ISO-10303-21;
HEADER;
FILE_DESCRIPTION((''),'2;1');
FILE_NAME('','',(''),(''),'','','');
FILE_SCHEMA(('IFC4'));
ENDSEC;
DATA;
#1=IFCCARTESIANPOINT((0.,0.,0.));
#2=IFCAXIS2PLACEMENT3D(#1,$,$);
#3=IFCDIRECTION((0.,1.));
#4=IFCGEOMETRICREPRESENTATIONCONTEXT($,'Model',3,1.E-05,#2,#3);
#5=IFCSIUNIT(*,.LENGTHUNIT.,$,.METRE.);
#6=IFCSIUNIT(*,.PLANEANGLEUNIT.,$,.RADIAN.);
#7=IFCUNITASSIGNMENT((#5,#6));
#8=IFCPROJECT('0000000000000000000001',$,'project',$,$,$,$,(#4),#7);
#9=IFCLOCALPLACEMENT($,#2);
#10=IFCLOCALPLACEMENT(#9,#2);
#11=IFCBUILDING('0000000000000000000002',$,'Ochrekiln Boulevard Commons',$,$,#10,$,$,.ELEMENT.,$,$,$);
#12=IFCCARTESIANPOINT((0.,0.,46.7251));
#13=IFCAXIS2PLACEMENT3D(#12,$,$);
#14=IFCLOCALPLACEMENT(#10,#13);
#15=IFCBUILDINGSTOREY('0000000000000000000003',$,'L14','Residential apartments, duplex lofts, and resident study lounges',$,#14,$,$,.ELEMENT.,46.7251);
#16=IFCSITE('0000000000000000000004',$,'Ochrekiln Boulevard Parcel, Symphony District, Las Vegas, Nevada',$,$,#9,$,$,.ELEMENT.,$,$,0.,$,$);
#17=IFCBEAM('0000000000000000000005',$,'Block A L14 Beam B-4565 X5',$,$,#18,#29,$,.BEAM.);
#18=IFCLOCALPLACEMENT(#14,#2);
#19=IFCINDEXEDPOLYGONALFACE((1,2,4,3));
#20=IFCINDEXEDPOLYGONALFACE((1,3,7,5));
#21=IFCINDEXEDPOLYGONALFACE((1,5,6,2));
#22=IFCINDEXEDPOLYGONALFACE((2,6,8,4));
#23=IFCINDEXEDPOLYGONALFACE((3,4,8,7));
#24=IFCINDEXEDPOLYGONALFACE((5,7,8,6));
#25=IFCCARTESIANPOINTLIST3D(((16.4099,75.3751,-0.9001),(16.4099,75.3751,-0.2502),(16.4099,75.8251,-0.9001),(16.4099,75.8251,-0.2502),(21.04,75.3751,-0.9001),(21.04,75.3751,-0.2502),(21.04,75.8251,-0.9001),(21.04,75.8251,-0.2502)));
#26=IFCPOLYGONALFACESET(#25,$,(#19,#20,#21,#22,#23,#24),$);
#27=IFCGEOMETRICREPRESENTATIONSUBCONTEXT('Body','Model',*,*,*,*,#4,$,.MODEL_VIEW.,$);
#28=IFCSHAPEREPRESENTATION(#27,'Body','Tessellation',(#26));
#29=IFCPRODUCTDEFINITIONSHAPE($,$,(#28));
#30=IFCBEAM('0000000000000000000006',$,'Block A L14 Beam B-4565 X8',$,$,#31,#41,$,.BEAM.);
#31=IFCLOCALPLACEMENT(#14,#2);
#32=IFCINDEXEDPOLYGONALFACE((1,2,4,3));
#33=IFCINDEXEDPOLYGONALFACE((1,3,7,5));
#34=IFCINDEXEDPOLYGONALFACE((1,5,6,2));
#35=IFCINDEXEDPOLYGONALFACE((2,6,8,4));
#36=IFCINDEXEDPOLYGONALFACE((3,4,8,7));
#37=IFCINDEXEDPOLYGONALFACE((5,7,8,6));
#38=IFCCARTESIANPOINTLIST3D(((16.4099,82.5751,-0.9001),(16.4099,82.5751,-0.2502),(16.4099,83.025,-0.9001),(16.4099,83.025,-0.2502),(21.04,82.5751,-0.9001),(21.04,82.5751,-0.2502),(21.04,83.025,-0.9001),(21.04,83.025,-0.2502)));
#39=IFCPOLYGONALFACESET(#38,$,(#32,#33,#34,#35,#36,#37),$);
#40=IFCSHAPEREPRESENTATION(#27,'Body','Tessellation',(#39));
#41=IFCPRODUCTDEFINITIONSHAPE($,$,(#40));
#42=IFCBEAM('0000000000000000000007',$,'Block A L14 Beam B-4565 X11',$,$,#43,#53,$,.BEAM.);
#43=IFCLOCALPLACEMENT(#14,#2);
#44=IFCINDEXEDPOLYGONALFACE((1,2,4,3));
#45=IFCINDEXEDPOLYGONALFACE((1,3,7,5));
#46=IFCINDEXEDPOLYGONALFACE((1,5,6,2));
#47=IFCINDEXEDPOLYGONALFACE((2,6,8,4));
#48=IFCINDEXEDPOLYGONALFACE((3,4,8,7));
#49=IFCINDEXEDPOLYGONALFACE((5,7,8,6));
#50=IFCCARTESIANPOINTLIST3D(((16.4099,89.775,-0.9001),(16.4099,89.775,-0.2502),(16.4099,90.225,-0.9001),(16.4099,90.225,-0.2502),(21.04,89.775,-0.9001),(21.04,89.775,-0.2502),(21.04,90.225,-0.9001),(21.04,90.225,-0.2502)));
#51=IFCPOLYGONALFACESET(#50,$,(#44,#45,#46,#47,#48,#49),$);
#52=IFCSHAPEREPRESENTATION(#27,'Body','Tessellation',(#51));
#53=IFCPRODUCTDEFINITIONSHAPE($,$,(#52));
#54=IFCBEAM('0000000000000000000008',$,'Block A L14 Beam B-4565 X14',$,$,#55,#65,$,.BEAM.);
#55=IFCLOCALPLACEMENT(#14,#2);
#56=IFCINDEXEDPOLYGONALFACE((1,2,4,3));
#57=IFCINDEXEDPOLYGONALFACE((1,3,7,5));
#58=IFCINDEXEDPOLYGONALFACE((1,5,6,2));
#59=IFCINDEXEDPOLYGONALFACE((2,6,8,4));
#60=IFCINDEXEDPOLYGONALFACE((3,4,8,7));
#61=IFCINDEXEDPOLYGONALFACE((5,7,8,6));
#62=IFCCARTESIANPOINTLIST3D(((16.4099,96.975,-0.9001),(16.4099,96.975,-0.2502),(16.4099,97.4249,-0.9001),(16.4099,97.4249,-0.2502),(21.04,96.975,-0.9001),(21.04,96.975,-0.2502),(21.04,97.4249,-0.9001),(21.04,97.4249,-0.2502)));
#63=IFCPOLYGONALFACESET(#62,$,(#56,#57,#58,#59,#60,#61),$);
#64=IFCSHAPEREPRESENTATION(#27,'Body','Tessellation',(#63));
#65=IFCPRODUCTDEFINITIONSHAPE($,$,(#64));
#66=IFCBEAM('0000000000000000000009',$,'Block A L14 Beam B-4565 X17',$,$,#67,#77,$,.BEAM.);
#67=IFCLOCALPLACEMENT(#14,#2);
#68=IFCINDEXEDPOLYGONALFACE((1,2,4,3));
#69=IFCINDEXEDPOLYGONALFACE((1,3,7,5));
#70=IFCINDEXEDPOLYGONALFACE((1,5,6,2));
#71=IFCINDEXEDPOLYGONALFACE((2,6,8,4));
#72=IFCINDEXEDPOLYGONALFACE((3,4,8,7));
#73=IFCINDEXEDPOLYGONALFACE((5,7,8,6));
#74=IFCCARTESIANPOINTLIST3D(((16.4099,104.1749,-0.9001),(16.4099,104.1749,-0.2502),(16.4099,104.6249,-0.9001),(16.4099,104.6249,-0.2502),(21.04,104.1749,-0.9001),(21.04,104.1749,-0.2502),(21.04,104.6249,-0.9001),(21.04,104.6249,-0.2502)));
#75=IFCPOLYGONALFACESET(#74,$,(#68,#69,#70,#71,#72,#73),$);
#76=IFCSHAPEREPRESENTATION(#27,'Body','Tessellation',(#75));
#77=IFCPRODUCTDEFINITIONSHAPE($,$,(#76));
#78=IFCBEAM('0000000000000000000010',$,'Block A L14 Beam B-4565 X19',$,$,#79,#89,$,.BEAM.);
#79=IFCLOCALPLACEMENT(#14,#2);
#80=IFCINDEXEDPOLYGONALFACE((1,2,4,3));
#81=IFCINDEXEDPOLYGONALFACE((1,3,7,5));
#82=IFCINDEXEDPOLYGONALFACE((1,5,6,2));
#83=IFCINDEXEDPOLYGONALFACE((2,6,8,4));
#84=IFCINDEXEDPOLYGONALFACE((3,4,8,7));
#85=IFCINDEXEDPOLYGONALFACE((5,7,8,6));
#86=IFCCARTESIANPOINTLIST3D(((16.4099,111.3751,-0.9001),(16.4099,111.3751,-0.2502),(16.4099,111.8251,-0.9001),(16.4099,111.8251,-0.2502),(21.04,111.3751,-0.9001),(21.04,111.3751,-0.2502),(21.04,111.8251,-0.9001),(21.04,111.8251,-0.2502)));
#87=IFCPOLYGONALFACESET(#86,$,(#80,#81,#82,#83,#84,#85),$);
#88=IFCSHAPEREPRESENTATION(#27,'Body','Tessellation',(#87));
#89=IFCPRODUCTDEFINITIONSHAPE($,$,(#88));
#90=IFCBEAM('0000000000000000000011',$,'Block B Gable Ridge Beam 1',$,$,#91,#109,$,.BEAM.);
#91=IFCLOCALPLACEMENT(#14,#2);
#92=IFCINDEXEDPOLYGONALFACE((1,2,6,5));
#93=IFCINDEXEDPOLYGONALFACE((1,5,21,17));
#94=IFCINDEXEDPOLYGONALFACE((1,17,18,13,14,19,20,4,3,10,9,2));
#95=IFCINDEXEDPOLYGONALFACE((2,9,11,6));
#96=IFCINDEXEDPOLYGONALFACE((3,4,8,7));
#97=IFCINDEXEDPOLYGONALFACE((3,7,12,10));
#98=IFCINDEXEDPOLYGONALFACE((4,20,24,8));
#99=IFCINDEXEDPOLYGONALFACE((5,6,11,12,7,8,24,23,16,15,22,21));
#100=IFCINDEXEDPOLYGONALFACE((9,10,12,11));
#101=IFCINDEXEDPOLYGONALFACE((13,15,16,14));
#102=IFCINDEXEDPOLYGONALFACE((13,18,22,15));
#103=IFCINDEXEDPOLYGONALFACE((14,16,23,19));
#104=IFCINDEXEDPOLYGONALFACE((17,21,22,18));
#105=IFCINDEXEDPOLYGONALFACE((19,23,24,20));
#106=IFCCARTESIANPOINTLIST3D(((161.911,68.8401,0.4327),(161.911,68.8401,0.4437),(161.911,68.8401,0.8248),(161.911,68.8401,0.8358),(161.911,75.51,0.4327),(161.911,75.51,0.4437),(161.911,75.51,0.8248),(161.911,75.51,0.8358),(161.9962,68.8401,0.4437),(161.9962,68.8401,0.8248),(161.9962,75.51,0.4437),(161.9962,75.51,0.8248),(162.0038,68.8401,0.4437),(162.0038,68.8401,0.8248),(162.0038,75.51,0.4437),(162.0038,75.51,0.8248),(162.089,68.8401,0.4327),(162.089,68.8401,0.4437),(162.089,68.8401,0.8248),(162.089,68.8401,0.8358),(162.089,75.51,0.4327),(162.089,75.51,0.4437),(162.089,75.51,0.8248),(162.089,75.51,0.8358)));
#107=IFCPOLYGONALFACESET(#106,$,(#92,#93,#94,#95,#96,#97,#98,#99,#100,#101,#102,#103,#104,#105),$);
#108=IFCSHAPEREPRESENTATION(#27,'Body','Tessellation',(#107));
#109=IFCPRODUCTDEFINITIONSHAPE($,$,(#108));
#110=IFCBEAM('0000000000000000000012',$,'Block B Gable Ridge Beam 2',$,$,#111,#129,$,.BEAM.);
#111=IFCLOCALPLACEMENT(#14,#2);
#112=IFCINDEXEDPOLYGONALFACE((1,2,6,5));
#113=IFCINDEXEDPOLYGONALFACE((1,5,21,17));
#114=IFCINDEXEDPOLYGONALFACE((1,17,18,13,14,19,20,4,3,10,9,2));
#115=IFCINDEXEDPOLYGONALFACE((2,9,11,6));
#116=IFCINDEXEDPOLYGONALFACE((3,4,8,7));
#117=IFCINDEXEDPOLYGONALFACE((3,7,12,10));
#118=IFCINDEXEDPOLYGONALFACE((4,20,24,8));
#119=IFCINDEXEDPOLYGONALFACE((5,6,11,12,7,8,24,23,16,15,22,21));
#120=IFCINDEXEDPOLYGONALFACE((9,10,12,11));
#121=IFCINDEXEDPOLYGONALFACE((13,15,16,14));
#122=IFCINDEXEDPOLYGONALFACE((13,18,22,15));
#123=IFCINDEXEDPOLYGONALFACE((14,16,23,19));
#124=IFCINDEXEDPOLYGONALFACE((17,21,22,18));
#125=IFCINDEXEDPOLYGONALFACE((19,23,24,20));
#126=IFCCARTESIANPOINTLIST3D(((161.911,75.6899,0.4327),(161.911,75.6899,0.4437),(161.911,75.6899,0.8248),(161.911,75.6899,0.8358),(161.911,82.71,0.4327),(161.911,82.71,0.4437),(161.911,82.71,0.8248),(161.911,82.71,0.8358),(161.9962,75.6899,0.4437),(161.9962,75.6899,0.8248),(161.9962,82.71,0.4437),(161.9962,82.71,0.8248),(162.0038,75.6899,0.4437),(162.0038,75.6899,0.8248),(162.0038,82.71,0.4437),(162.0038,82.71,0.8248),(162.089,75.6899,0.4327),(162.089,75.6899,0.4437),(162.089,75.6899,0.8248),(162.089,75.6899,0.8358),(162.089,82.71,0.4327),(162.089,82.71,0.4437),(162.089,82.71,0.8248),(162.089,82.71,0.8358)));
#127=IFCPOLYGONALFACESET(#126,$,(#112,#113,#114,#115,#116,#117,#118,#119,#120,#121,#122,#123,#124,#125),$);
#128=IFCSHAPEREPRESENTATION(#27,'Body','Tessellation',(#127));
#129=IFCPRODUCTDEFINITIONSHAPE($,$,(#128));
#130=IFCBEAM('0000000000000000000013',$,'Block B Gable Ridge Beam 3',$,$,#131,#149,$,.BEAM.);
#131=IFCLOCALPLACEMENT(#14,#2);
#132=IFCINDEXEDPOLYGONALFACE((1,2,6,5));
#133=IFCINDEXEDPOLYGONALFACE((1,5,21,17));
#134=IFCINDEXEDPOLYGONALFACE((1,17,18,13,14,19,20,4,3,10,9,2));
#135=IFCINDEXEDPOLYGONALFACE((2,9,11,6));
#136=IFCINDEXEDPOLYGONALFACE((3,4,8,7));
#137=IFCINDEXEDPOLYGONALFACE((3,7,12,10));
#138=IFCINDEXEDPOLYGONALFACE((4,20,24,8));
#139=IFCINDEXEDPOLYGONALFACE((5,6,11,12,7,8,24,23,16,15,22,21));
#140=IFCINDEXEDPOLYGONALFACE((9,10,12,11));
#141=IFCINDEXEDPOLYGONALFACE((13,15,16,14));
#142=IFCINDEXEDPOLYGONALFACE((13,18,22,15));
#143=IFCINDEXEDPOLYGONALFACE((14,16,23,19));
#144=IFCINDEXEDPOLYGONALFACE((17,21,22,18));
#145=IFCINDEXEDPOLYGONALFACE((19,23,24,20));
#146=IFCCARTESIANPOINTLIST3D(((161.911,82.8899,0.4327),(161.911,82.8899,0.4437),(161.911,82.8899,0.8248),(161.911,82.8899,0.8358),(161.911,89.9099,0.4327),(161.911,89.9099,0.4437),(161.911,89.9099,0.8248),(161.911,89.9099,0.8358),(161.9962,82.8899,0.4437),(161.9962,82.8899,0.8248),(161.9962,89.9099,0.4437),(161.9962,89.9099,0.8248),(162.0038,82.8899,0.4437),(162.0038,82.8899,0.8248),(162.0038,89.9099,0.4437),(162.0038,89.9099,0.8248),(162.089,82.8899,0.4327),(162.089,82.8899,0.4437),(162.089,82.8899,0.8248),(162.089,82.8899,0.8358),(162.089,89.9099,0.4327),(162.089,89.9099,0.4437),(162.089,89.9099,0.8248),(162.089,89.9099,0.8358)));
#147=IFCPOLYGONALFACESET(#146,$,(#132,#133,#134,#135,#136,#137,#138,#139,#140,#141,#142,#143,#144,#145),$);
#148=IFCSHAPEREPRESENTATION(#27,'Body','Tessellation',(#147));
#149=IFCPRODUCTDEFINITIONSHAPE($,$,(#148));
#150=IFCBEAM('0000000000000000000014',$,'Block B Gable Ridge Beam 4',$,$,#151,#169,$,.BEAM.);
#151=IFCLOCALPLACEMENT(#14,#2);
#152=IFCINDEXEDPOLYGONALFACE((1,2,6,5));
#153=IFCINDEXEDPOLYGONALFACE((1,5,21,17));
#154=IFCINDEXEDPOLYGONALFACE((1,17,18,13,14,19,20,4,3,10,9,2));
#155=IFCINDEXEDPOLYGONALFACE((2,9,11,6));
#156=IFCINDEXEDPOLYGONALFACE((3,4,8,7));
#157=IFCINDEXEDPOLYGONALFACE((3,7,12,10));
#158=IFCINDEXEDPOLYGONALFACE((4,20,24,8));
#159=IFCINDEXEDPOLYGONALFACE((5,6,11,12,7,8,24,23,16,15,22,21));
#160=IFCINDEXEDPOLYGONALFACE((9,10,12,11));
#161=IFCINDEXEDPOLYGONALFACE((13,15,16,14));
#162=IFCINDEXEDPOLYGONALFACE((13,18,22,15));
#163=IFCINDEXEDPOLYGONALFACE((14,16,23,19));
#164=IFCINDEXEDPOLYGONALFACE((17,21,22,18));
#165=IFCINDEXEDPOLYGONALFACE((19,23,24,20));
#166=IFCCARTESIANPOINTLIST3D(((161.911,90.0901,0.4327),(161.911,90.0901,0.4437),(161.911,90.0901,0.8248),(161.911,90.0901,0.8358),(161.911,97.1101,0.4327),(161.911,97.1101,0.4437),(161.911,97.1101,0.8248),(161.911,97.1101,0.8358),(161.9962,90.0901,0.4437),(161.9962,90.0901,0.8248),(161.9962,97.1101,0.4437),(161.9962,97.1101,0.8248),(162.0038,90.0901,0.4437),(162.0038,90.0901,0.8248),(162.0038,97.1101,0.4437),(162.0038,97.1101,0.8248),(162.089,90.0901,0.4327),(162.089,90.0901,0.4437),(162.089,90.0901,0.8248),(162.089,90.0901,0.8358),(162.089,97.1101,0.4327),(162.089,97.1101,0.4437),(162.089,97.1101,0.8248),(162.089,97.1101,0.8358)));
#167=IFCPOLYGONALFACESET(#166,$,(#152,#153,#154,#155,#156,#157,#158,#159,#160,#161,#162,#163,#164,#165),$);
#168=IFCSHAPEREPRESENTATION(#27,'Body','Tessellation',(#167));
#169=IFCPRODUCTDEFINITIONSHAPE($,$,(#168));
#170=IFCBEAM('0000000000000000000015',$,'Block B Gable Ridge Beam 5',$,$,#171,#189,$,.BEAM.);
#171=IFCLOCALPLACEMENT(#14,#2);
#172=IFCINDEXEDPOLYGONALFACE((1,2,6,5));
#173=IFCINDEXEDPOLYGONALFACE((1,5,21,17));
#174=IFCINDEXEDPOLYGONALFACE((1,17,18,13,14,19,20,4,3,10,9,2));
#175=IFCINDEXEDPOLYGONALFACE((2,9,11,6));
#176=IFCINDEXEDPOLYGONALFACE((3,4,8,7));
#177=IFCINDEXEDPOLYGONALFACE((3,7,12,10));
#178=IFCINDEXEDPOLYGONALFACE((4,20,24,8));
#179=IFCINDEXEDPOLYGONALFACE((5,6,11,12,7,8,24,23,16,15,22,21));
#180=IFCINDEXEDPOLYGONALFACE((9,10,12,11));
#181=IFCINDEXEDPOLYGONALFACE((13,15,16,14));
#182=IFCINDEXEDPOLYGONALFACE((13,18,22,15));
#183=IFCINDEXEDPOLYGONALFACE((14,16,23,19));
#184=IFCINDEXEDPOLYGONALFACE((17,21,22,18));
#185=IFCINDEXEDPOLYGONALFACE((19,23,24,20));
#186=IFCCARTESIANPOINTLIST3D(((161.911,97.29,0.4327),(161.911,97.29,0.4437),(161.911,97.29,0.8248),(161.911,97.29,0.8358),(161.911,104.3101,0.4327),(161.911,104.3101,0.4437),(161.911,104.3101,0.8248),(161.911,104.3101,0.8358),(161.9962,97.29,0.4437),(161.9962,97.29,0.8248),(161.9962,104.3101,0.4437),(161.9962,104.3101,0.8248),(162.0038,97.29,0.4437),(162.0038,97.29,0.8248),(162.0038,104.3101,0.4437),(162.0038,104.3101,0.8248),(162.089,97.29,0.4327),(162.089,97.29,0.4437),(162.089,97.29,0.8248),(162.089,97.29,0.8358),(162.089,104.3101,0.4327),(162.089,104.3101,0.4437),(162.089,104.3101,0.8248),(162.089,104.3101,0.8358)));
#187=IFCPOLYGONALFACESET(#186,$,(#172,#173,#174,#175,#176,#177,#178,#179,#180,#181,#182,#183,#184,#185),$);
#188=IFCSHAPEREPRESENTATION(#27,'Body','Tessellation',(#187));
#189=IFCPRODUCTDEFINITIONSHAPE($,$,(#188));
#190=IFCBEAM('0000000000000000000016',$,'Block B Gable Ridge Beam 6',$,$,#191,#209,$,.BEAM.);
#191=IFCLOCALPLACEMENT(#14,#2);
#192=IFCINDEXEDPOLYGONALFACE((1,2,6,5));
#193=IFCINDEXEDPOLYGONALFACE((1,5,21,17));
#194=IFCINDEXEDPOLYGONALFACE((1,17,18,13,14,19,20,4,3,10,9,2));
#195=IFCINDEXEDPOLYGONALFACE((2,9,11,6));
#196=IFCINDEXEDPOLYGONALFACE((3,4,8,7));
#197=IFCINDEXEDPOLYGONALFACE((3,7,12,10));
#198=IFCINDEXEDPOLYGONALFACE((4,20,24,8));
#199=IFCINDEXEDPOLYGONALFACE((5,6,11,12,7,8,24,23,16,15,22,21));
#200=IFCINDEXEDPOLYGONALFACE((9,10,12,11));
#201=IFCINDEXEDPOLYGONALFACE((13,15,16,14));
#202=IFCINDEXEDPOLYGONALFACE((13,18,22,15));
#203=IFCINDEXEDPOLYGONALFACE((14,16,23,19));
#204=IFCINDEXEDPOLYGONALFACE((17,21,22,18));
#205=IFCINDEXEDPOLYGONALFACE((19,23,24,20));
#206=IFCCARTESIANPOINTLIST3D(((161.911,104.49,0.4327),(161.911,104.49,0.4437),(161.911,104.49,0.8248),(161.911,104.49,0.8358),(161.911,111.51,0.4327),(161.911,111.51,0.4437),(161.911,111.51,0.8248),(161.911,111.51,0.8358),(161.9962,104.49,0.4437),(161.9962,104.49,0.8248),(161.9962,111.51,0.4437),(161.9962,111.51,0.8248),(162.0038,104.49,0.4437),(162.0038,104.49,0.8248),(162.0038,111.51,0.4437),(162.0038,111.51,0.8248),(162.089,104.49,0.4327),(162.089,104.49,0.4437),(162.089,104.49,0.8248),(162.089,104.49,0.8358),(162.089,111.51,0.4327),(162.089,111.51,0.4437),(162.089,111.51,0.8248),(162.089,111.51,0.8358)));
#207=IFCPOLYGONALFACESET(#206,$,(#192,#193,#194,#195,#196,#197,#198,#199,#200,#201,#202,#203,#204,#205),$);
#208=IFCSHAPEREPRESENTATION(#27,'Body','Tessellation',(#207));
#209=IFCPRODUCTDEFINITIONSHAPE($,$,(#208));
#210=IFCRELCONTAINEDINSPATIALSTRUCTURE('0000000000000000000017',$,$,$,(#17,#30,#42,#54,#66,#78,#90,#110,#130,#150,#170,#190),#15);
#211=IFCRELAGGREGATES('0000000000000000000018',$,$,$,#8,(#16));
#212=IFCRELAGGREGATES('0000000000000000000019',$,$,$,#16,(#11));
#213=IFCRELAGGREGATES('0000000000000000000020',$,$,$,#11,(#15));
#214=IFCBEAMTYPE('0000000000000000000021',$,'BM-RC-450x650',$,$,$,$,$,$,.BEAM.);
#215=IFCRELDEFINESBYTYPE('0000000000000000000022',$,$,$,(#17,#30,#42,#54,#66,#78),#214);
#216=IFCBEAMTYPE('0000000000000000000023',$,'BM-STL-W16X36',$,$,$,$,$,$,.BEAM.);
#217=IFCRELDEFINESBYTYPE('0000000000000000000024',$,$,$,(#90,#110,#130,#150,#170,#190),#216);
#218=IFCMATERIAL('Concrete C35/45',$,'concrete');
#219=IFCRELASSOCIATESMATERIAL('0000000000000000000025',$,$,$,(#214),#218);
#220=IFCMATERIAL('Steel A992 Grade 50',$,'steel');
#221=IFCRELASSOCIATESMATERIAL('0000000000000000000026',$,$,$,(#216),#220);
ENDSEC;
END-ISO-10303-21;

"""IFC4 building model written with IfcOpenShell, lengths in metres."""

from ifc_helpers import new_model, si_unit, direction, frame, origin, origin_2d, place, context, subcontext, project, spatial, rectangle, i_section, extrude, material, material_profile, profile_set, type_object, element, save


model = new_model("IFC4")

# Units and contexts
model_context = context("Model", 3, precision=1e-05, world=origin(), true_north=direction((0.0, 1.0)))
body_context = subcontext(model_context, "Body", "Model", "MODEL_VIEW")
ifc_project = project(units=[si_unit("LENGTHUNIT", "METRE"), si_unit("PLANEANGLEUNIT", "RADIAN")], contexts=[model_context])

# Site, building, storey
site_placement = place(None, origin())
site = spatial("IfcSite", under=ifc_project, at=site_placement, Name="Ochrekiln Boulevard Parcel, Symphony District, Las Vegas, Nevada", CompositionType="ELEMENT", RefElevation=0.0)
building_placement = place(site_placement, origin())
building = spatial("IfcBuilding", under=site, at=building_placement, Name="Ochrekiln Boulevard Commons", CompositionType="ELEMENT")
storey_placement = place(building_placement, frame((0.0, 0.0, 46.7251)))
storey = spatial("IfcBuildingStorey", under=building, at=storey_placement, Name="L14", Description="Residential apartments, duplex lofts, and resident study lounges", CompositionType="ELEMENT", Elevation=46.7251)

# Beams
ifc_material_1 = material(Name="Concrete C35/45", Category="concrete")
ifc_material_profile_1 = material_profile(ifc_material_1, rectangle(XDim=0.45, YDim=0.6499, at=origin_2d()), Name="RC-BM-450x650")
ifc_profile_set_1 = profile_set([ifc_material_profile_1], Name="Concrete C35/45")
beam_type_1 = type_object("IfcBeamType", Name="BM-RC-450x650", PredefinedType="BEAM", material=ifc_profile_set_1)
for number, where, z_axis, x_axis, name in (
    (1, (16.4099, 75.6001, -0.5752), (1.0, 0.0, 0.0), (0.0, 1.0, 0.0), "Block A L14 Beam B-4565 X5"),
    (2, (16.4099, 82.8, -0.5752), (1.0, 0.0, 0.0), (0.0, 1.0, 0.0), "Block A L14 Beam B-4565 X8"),
    (3, (16.4099, 90.0, -0.5752), (1.0, 0.0, 0.0), (0.0, 1.0, 0.0), "Block A L14 Beam B-4565 X11"),
    (4, (16.4099, 97.2, -0.5752), (1.0, 0.0, 0.0), (0.0, 1.0, 0.0), "Block A L14 Beam B-4565 X14"),
    (5, (16.4099, 104.3999, -0.5752), (1.0, 0.0, 0.0), (0.0, 1.0, 0.0), "Block A L14 Beam B-4565 X17"),
    (6, (16.4099, 111.6001, -0.5752), (1.0, 0.0, 0.0), (0.0, 1.0, 0.0), "Block A L14 Beam B-4565 X19"),
):
    element("IfcBeam", number, at=place(storey_placement, frame(where, z_axis=z_axis, x_axis=x_axis)), inside=storey, type_object=beam_type_1, Name=name, PredefinedType="BEAM", context=body_context, shape_type="SweptSolid", body=[
        extrude(rectangle(XDim=0.45, YDim=0.6499, at=origin_2d()), origin(), (0.0, 0.0, 1.0), 4.6301),
    ])
ifc_material_2 = material(Name="Steel A992 Grade 50", Category="steel")
ifc_material_profile_2 = material_profile(ifc_material_2, i_section(OverallWidth=0.178, OverallDepth=0.4031, WebThickness=0.0076, FlangeThickness=0.011, at=origin_2d()), Name="W16X36")
ifc_profile_set_2 = profile_set([ifc_material_profile_2], Name="Steel A992 Grade 50")
beam_type_2 = type_object("IfcBeamType", Name="BM-STL-W16X36", PredefinedType="BEAM", material=ifc_profile_set_2)
beam_1_placement = place(storey_placement, frame((162.0, 68.8401, 0.6343), z_axis=(0.0, 1.0, 0.0), x_axis=(-1.0, 0.0, 0.0)))
element("IfcBeam", 7, at=beam_1_placement, inside=storey, type_object=beam_type_2, Name="Block B Gable Ridge Beam 1", PredefinedType="BEAM", context=body_context, shape_type="SweptSolid", body=[
    extrude(i_section(OverallWidth=0.178, OverallDepth=0.4031, WebThickness=0.0076, FlangeThickness=0.011, at=origin_2d()), origin(), (0.0, 0.0, 1.0), 6.6699),
])
for number, where, z_axis, x_axis, name in (
    (8, (162.0, 75.6899, 0.6343), (0.0, 1.0, 0.0), (-1.0, 0.0, 0.0), "Block B Gable Ridge Beam 2"),
    (9, (162.0, 82.8899, 0.6343), (0.0, 1.0, 0.0), (-1.0, 0.0, 0.0), "Block B Gable Ridge Beam 3"),
    (10, (162.0, 90.0901, 0.6343), (0.0, 1.0, 0.0), (-1.0, 0.0, 0.0), "Block B Gable Ridge Beam 4"),
    (11, (162.0, 97.29, 0.6343), (0.0, 1.0, 0.0), (-1.0, 0.0, 0.0), "Block B Gable Ridge Beam 5"),
    (12, (162.0, 104.49, 0.6343), (0.0, 1.0, 0.0), (-1.0, 0.0, 0.0), "Block B Gable Ridge Beam 6"),
):
    element("IfcBeam", number, at=place(storey_placement, frame(where, z_axis=z_axis, x_axis=x_axis)), inside=storey, type_object=beam_type_2, Name=name, PredefinedType="BEAM", context=body_context, shape_type="SweptSolid", body=[
        extrude(i_section(OverallWidth=0.178, OverallDepth=0.4031, WebThickness=0.0076, FlangeThickness=0.011, at=origin_2d()), origin(), (0.0, 0.0, 1.0), 7.02),
    ])

save(model, "model.ifc")
